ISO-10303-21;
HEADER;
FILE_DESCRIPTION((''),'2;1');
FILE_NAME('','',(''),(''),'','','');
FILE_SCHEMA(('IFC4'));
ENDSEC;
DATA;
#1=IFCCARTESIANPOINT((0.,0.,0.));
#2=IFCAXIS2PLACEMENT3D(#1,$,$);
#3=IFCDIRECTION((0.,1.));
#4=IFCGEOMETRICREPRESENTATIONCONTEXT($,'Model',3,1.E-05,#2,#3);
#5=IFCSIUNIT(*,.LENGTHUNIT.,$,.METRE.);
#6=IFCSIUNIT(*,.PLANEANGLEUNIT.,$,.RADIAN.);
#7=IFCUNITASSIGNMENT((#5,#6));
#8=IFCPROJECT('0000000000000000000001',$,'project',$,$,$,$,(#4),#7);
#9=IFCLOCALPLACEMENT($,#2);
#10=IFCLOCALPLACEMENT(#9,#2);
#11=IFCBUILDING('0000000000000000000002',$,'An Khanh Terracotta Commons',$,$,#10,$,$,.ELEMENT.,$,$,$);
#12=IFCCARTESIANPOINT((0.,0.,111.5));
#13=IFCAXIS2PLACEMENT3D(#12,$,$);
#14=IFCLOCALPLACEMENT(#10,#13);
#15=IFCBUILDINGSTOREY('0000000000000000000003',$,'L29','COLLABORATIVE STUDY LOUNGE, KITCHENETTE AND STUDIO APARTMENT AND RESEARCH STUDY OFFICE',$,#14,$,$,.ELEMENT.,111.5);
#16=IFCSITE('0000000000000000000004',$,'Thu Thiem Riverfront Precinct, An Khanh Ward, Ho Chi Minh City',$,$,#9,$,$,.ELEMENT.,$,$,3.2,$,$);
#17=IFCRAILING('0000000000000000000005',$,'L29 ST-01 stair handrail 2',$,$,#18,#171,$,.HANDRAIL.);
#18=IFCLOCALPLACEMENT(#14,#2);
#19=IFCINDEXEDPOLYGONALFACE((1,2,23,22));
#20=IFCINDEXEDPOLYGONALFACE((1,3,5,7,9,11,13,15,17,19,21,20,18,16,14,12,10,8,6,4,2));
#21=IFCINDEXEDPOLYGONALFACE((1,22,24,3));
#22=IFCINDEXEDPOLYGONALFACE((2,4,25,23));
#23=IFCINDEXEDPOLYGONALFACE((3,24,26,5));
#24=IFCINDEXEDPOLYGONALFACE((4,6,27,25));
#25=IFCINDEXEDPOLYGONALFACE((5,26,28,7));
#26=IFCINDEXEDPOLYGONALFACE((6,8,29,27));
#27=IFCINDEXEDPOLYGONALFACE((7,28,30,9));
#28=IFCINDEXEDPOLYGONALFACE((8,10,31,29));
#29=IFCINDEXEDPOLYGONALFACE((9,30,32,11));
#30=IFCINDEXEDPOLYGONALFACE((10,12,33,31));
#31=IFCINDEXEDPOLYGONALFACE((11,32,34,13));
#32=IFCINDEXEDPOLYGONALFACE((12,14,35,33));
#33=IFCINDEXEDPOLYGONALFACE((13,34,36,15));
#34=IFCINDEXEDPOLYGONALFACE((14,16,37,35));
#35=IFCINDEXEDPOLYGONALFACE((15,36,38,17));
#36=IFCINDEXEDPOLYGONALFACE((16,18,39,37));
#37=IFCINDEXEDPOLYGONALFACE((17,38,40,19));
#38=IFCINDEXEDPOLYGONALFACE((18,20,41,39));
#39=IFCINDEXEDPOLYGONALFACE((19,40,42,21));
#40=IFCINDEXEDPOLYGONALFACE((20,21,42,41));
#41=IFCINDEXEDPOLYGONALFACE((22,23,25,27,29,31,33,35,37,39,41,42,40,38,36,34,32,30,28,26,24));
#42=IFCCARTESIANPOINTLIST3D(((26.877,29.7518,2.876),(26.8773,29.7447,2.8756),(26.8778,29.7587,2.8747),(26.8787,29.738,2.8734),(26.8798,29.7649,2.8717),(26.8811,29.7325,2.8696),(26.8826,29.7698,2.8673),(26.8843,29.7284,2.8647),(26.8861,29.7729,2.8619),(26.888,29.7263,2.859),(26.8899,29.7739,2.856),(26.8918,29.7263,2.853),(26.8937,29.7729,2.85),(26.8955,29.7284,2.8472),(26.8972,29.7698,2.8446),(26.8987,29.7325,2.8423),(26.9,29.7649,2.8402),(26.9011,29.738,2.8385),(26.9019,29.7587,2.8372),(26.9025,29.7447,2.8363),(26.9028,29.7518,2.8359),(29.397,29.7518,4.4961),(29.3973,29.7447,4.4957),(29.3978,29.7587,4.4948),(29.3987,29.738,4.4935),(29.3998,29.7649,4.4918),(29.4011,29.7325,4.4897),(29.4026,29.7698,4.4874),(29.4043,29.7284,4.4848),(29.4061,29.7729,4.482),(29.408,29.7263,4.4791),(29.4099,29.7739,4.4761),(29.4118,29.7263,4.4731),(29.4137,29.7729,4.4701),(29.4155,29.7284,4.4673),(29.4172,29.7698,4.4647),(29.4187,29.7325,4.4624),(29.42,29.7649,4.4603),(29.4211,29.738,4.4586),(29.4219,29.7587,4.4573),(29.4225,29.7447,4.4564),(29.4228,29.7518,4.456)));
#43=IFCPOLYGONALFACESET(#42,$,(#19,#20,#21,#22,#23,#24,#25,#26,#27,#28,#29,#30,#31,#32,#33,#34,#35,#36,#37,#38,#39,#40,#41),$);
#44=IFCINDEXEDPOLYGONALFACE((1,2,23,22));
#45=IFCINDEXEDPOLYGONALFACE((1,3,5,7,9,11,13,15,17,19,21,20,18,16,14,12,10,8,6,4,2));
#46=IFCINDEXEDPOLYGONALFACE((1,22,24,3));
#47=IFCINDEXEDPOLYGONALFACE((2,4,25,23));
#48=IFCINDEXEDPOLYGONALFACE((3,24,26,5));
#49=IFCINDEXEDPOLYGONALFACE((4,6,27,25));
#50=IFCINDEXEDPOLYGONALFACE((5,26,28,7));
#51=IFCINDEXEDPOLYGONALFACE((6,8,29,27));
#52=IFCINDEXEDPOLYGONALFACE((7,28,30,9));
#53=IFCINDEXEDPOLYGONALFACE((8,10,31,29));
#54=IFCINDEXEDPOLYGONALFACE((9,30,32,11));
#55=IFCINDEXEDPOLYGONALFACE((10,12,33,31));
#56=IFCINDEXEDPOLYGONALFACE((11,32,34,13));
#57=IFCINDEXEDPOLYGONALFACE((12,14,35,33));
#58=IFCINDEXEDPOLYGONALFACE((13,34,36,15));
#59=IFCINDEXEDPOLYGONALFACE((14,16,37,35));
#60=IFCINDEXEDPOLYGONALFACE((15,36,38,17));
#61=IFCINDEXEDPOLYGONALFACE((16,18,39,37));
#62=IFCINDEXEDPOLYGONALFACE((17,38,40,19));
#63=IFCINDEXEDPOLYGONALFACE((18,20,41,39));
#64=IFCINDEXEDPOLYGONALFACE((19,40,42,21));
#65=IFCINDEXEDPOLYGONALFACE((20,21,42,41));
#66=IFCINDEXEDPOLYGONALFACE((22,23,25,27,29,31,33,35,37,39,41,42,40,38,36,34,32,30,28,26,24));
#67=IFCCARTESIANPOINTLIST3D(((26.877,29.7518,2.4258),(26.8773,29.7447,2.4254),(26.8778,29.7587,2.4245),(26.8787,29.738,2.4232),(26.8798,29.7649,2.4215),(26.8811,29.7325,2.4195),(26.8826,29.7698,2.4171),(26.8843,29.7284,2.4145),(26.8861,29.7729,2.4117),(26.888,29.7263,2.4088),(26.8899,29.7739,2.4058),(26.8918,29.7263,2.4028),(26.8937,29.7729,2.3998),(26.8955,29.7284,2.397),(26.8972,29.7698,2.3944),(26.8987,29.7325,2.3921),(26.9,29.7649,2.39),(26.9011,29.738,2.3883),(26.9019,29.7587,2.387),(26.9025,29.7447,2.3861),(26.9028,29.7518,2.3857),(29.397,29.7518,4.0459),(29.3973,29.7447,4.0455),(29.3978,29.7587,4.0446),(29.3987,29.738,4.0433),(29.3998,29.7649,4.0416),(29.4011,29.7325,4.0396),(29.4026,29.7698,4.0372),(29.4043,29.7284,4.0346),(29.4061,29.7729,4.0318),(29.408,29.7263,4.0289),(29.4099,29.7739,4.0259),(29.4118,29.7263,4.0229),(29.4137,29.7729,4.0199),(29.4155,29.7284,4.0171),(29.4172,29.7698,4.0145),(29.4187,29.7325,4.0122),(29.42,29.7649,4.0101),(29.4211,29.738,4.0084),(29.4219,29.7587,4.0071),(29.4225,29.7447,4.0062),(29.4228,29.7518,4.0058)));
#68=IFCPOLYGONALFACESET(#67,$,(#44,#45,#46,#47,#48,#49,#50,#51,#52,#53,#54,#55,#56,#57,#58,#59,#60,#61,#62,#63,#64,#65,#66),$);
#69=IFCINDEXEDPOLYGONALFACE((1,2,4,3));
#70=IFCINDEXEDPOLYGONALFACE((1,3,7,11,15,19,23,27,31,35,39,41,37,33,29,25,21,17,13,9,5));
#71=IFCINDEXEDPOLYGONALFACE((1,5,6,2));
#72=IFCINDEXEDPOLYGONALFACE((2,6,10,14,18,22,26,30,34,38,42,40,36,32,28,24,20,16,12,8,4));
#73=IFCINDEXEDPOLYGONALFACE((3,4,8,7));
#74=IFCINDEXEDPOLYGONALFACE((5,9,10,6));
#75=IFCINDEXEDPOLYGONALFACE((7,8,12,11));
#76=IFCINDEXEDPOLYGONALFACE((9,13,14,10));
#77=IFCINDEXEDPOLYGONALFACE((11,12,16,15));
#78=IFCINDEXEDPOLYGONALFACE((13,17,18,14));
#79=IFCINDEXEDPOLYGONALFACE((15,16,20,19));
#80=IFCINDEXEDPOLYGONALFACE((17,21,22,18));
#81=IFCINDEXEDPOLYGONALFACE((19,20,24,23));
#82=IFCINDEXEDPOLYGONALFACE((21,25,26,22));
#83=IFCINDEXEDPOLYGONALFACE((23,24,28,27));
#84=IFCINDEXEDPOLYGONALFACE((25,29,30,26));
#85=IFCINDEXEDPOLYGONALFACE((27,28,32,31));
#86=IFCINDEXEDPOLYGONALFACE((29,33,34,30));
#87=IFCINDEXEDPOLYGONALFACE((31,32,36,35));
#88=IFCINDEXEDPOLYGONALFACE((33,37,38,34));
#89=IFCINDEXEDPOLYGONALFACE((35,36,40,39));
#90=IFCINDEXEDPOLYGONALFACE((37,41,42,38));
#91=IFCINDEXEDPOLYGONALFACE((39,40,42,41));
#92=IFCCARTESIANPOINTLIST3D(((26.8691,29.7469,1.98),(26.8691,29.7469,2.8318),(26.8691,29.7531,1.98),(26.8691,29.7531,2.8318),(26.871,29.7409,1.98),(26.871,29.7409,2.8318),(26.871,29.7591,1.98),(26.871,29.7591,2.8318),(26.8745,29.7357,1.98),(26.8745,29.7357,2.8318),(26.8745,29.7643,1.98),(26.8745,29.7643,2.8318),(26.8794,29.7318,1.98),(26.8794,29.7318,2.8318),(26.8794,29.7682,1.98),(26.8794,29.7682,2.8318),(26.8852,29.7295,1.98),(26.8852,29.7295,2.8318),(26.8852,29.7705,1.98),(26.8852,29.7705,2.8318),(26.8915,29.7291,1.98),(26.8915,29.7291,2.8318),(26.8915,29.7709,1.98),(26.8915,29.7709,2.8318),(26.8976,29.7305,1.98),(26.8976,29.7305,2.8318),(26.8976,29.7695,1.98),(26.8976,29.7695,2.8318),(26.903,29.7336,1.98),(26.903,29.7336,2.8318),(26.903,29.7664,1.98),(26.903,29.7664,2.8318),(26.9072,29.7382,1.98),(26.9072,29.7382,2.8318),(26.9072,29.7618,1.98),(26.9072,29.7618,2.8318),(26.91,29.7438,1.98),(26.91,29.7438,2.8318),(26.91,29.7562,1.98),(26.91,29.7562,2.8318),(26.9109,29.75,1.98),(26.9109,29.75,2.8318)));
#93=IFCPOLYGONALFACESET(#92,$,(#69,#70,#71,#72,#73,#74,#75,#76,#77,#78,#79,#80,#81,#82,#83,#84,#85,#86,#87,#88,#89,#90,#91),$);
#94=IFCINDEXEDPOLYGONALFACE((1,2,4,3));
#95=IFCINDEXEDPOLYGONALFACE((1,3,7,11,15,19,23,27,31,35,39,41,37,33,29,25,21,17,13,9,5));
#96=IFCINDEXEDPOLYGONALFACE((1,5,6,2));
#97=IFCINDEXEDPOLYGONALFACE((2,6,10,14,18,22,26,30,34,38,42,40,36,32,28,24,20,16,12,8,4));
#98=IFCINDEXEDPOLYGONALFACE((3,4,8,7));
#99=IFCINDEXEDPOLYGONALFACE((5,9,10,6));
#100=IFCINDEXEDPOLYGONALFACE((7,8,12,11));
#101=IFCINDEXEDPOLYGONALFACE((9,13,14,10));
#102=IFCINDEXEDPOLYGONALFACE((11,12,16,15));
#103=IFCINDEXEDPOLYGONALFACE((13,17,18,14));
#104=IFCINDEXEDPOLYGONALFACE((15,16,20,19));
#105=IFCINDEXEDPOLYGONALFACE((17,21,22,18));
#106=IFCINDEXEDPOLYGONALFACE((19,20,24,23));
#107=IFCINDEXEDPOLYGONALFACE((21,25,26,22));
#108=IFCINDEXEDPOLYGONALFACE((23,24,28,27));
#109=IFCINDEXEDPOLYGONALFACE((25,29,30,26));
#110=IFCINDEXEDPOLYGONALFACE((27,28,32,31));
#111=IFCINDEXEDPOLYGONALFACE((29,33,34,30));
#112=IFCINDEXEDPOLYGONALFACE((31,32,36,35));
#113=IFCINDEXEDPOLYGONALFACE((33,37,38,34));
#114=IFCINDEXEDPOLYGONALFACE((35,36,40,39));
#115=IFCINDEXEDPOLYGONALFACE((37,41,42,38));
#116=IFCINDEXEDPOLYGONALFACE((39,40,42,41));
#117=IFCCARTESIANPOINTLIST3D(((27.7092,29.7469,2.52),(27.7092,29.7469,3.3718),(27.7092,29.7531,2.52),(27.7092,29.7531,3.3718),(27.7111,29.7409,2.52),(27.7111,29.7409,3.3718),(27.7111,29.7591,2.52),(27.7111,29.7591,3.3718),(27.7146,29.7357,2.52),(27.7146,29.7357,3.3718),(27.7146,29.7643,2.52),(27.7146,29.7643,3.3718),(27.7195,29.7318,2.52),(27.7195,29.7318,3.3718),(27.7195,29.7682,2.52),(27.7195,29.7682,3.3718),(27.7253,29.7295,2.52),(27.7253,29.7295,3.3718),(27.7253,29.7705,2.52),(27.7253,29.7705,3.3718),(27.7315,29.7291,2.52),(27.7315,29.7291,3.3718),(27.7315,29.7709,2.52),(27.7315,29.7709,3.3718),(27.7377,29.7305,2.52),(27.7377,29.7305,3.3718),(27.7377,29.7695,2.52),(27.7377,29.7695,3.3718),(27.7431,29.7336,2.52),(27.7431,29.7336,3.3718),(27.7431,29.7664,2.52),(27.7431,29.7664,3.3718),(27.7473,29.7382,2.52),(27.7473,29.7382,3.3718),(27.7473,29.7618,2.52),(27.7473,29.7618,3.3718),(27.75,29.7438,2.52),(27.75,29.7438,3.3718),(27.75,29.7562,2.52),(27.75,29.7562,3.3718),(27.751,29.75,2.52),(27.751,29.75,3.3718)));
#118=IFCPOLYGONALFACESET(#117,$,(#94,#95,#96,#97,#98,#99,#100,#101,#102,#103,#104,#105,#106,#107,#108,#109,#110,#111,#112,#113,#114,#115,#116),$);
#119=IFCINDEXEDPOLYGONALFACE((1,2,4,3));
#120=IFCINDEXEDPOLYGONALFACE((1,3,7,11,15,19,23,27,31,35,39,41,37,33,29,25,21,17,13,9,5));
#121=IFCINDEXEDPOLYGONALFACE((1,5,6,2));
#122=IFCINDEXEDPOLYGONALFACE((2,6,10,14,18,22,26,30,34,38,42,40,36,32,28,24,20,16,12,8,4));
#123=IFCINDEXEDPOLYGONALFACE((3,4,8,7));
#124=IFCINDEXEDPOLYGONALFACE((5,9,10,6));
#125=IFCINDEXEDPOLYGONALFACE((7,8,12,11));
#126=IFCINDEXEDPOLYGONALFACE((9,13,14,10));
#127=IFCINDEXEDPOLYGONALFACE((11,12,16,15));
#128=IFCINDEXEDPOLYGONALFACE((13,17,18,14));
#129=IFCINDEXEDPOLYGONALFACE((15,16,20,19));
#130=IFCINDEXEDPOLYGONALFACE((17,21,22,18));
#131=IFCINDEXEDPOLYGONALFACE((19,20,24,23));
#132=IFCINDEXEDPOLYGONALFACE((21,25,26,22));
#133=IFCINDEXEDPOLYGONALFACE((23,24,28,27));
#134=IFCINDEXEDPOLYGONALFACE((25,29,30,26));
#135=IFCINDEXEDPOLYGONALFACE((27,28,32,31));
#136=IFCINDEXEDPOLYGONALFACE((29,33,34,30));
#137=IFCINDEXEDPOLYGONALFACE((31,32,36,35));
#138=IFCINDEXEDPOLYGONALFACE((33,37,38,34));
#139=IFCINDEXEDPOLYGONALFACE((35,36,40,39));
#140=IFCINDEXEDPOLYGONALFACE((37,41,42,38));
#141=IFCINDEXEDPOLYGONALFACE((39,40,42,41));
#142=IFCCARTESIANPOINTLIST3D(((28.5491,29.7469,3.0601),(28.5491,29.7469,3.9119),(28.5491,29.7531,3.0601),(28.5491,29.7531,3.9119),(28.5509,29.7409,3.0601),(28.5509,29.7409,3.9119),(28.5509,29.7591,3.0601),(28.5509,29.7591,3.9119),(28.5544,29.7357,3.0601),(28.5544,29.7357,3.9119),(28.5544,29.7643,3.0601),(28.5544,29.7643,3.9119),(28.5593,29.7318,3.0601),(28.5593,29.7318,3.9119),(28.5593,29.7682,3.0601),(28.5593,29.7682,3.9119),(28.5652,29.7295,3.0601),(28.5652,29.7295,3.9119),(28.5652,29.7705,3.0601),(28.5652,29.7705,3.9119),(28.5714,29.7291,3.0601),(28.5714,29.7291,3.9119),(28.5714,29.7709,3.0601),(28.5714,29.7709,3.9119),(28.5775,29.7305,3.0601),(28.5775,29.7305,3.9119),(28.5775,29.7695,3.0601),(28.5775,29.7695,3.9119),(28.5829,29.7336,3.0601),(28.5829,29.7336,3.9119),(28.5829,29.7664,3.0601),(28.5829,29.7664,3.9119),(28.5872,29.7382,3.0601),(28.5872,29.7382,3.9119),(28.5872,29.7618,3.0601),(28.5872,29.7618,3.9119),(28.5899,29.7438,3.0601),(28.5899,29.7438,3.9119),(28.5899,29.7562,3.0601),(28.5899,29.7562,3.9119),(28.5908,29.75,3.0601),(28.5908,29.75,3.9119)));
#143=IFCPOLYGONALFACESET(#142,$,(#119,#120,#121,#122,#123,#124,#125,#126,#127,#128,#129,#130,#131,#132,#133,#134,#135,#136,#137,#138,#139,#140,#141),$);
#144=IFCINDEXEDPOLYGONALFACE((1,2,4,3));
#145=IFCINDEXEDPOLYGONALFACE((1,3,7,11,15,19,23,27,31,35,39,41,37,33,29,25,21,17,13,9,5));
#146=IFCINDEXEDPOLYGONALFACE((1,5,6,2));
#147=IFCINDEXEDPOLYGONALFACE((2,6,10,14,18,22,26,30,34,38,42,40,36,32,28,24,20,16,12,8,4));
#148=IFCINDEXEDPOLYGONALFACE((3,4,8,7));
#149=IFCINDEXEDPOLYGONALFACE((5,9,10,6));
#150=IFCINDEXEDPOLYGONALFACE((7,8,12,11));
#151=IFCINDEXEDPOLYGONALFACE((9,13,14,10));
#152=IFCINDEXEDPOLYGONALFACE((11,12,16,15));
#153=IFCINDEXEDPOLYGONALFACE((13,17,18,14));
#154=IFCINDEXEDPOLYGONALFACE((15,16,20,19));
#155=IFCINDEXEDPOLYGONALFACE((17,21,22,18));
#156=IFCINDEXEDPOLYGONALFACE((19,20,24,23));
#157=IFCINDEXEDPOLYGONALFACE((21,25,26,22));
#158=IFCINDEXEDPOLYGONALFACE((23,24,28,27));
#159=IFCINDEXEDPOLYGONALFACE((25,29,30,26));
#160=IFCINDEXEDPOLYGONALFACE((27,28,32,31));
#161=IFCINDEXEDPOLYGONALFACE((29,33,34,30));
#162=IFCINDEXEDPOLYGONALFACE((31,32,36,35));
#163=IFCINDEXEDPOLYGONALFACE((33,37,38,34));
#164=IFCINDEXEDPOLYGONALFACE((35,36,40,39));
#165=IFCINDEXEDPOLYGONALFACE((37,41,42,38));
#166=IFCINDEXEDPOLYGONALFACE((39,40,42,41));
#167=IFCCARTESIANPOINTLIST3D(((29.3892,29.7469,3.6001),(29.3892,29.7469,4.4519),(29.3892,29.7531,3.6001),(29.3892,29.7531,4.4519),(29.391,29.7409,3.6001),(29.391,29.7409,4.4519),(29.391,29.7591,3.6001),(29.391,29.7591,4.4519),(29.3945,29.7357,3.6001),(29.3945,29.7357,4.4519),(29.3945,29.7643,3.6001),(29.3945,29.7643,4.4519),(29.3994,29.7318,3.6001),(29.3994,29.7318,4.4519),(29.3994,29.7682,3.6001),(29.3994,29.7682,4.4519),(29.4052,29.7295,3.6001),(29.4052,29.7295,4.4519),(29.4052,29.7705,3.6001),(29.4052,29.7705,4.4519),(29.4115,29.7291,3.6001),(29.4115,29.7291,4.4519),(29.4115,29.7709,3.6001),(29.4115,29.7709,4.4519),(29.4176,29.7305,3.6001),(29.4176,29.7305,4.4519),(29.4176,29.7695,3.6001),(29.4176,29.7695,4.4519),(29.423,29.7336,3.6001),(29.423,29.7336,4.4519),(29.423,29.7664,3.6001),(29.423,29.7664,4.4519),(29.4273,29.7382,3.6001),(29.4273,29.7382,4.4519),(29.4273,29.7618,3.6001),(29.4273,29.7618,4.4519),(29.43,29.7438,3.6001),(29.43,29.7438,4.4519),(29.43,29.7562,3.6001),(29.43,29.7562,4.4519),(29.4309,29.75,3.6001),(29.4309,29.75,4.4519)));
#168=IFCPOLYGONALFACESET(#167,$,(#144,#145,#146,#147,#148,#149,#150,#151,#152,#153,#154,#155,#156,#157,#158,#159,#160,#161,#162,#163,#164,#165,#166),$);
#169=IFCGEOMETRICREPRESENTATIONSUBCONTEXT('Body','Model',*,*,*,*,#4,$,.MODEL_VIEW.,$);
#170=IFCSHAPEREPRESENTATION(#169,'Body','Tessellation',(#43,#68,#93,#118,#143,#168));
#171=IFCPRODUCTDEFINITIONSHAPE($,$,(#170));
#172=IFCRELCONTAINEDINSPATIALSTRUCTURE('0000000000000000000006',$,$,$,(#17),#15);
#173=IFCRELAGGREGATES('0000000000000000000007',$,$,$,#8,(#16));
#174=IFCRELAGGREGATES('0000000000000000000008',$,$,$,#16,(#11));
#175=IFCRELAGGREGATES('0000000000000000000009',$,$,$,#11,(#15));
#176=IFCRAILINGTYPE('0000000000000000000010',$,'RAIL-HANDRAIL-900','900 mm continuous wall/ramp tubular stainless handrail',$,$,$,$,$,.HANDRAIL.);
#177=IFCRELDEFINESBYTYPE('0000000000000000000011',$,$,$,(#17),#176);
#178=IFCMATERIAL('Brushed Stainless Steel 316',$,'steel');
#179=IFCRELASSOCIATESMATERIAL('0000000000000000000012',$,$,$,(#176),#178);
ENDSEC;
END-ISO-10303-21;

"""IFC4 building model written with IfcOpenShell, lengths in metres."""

from ifc_helpers import new_model, si_unit, direction, frame, origin, origin_2d, place, context, subcontext, project, spatial, circle, extrude, material, type_object, element, save


model = new_model("IFC4")

# Units and contexts
model_context = context("Model", 3, precision=1e-05, world=origin(), true_north=direction((0.0, 1.0)))
body_context = subcontext(model_context, "Body", "Model", "MODEL_VIEW")
ifc_project = project(units=[si_unit("LENGTHUNIT", "METRE"), si_unit("PLANEANGLEUNIT", "RADIAN")], contexts=[model_context])

# Site, building, storey
site_placement = place(None, origin())
site = spatial("IfcSite", under=ifc_project, at=site_placement, Name="Thu Thiem Riverfront Precinct, An Khanh Ward, Ho Chi Minh City", CompositionType="ELEMENT", RefElevation=3.2)
building_placement = place(site_placement, origin())
building = spatial("IfcBuilding", under=site, at=building_placement, Name="An Khanh Terracotta Commons", CompositionType="ELEMENT")
storey_placement = place(building_placement, frame((0.0, 0.0, 111.5)))
storey = spatial("IfcBuildingStorey", under=building, at=storey_placement, Name="L29", Description="COLLABORATIVE STUDY LOUNGE, KITCHENETTE AND STUDIO APARTMENT AND RESEARCH STUDY OFFICE", CompositionType="ELEMENT", Elevation=111.5)

# Railing
ifc_material_1 = material(Name="Brushed Stainless Steel 316", Category="steel")
railing_type_1 = type_object("IfcRailingType", Name="RAIL-HANDRAIL-900", Description="900 mm continuous wall/ramp tubular stainless handrail", PredefinedType="HANDRAIL", material=ifc_material_1)
railing_1_placement = place(storey_placement, frame((26.8899, 29.75, 1.98)))
element("IfcRailing", 1, at=railing_1_placement, inside=storey, type_object=railing_type_1, Name="L29 ST-01 stair handrail 2", PredefinedType="HANDRAIL", context=body_context, shape_type="SweptSolid", body=[
    extrude(circle(Radius=0.0239, at=origin_2d()), frame((0.0, 0.0, 0.876), z_axis=(0.841163, 0.0, 0.540782), x_axis=(0.0, 1.0, 0.0)), (0.0, 0.0, 1.0), 2.9958),
    extrude(circle(Radius=0.0239, at=origin_2d()), frame((0.0, 0.0, 0.4258), z_axis=(0.841163, 0.0, 0.540782), x_axis=(0.0, 1.0, 0.0)), (0.0, 0.0, 1.0), 2.9958),
    extrude(circle(Radius=0.021, at=origin_2d()), origin(), (0.0, 0.0, 1.0), 0.8518),
    extrude(circle(Radius=0.021, at=origin_2d()), frame((0.8401, 0.0, 0.54)), (0.0, 0.0, 1.0), 0.8518),
    extrude(circle(Radius=0.021, at=origin_2d()), frame((1.6799, 0.0, 1.0801)), (0.0, 0.0, 1.0), 0.8518),
    extrude(circle(Radius=0.021, at=origin_2d()), frame((2.52, 0.0, 1.6201)), (0.0, 0.0, 1.0), 0.8518),
])

save(model, "model.ifc")
